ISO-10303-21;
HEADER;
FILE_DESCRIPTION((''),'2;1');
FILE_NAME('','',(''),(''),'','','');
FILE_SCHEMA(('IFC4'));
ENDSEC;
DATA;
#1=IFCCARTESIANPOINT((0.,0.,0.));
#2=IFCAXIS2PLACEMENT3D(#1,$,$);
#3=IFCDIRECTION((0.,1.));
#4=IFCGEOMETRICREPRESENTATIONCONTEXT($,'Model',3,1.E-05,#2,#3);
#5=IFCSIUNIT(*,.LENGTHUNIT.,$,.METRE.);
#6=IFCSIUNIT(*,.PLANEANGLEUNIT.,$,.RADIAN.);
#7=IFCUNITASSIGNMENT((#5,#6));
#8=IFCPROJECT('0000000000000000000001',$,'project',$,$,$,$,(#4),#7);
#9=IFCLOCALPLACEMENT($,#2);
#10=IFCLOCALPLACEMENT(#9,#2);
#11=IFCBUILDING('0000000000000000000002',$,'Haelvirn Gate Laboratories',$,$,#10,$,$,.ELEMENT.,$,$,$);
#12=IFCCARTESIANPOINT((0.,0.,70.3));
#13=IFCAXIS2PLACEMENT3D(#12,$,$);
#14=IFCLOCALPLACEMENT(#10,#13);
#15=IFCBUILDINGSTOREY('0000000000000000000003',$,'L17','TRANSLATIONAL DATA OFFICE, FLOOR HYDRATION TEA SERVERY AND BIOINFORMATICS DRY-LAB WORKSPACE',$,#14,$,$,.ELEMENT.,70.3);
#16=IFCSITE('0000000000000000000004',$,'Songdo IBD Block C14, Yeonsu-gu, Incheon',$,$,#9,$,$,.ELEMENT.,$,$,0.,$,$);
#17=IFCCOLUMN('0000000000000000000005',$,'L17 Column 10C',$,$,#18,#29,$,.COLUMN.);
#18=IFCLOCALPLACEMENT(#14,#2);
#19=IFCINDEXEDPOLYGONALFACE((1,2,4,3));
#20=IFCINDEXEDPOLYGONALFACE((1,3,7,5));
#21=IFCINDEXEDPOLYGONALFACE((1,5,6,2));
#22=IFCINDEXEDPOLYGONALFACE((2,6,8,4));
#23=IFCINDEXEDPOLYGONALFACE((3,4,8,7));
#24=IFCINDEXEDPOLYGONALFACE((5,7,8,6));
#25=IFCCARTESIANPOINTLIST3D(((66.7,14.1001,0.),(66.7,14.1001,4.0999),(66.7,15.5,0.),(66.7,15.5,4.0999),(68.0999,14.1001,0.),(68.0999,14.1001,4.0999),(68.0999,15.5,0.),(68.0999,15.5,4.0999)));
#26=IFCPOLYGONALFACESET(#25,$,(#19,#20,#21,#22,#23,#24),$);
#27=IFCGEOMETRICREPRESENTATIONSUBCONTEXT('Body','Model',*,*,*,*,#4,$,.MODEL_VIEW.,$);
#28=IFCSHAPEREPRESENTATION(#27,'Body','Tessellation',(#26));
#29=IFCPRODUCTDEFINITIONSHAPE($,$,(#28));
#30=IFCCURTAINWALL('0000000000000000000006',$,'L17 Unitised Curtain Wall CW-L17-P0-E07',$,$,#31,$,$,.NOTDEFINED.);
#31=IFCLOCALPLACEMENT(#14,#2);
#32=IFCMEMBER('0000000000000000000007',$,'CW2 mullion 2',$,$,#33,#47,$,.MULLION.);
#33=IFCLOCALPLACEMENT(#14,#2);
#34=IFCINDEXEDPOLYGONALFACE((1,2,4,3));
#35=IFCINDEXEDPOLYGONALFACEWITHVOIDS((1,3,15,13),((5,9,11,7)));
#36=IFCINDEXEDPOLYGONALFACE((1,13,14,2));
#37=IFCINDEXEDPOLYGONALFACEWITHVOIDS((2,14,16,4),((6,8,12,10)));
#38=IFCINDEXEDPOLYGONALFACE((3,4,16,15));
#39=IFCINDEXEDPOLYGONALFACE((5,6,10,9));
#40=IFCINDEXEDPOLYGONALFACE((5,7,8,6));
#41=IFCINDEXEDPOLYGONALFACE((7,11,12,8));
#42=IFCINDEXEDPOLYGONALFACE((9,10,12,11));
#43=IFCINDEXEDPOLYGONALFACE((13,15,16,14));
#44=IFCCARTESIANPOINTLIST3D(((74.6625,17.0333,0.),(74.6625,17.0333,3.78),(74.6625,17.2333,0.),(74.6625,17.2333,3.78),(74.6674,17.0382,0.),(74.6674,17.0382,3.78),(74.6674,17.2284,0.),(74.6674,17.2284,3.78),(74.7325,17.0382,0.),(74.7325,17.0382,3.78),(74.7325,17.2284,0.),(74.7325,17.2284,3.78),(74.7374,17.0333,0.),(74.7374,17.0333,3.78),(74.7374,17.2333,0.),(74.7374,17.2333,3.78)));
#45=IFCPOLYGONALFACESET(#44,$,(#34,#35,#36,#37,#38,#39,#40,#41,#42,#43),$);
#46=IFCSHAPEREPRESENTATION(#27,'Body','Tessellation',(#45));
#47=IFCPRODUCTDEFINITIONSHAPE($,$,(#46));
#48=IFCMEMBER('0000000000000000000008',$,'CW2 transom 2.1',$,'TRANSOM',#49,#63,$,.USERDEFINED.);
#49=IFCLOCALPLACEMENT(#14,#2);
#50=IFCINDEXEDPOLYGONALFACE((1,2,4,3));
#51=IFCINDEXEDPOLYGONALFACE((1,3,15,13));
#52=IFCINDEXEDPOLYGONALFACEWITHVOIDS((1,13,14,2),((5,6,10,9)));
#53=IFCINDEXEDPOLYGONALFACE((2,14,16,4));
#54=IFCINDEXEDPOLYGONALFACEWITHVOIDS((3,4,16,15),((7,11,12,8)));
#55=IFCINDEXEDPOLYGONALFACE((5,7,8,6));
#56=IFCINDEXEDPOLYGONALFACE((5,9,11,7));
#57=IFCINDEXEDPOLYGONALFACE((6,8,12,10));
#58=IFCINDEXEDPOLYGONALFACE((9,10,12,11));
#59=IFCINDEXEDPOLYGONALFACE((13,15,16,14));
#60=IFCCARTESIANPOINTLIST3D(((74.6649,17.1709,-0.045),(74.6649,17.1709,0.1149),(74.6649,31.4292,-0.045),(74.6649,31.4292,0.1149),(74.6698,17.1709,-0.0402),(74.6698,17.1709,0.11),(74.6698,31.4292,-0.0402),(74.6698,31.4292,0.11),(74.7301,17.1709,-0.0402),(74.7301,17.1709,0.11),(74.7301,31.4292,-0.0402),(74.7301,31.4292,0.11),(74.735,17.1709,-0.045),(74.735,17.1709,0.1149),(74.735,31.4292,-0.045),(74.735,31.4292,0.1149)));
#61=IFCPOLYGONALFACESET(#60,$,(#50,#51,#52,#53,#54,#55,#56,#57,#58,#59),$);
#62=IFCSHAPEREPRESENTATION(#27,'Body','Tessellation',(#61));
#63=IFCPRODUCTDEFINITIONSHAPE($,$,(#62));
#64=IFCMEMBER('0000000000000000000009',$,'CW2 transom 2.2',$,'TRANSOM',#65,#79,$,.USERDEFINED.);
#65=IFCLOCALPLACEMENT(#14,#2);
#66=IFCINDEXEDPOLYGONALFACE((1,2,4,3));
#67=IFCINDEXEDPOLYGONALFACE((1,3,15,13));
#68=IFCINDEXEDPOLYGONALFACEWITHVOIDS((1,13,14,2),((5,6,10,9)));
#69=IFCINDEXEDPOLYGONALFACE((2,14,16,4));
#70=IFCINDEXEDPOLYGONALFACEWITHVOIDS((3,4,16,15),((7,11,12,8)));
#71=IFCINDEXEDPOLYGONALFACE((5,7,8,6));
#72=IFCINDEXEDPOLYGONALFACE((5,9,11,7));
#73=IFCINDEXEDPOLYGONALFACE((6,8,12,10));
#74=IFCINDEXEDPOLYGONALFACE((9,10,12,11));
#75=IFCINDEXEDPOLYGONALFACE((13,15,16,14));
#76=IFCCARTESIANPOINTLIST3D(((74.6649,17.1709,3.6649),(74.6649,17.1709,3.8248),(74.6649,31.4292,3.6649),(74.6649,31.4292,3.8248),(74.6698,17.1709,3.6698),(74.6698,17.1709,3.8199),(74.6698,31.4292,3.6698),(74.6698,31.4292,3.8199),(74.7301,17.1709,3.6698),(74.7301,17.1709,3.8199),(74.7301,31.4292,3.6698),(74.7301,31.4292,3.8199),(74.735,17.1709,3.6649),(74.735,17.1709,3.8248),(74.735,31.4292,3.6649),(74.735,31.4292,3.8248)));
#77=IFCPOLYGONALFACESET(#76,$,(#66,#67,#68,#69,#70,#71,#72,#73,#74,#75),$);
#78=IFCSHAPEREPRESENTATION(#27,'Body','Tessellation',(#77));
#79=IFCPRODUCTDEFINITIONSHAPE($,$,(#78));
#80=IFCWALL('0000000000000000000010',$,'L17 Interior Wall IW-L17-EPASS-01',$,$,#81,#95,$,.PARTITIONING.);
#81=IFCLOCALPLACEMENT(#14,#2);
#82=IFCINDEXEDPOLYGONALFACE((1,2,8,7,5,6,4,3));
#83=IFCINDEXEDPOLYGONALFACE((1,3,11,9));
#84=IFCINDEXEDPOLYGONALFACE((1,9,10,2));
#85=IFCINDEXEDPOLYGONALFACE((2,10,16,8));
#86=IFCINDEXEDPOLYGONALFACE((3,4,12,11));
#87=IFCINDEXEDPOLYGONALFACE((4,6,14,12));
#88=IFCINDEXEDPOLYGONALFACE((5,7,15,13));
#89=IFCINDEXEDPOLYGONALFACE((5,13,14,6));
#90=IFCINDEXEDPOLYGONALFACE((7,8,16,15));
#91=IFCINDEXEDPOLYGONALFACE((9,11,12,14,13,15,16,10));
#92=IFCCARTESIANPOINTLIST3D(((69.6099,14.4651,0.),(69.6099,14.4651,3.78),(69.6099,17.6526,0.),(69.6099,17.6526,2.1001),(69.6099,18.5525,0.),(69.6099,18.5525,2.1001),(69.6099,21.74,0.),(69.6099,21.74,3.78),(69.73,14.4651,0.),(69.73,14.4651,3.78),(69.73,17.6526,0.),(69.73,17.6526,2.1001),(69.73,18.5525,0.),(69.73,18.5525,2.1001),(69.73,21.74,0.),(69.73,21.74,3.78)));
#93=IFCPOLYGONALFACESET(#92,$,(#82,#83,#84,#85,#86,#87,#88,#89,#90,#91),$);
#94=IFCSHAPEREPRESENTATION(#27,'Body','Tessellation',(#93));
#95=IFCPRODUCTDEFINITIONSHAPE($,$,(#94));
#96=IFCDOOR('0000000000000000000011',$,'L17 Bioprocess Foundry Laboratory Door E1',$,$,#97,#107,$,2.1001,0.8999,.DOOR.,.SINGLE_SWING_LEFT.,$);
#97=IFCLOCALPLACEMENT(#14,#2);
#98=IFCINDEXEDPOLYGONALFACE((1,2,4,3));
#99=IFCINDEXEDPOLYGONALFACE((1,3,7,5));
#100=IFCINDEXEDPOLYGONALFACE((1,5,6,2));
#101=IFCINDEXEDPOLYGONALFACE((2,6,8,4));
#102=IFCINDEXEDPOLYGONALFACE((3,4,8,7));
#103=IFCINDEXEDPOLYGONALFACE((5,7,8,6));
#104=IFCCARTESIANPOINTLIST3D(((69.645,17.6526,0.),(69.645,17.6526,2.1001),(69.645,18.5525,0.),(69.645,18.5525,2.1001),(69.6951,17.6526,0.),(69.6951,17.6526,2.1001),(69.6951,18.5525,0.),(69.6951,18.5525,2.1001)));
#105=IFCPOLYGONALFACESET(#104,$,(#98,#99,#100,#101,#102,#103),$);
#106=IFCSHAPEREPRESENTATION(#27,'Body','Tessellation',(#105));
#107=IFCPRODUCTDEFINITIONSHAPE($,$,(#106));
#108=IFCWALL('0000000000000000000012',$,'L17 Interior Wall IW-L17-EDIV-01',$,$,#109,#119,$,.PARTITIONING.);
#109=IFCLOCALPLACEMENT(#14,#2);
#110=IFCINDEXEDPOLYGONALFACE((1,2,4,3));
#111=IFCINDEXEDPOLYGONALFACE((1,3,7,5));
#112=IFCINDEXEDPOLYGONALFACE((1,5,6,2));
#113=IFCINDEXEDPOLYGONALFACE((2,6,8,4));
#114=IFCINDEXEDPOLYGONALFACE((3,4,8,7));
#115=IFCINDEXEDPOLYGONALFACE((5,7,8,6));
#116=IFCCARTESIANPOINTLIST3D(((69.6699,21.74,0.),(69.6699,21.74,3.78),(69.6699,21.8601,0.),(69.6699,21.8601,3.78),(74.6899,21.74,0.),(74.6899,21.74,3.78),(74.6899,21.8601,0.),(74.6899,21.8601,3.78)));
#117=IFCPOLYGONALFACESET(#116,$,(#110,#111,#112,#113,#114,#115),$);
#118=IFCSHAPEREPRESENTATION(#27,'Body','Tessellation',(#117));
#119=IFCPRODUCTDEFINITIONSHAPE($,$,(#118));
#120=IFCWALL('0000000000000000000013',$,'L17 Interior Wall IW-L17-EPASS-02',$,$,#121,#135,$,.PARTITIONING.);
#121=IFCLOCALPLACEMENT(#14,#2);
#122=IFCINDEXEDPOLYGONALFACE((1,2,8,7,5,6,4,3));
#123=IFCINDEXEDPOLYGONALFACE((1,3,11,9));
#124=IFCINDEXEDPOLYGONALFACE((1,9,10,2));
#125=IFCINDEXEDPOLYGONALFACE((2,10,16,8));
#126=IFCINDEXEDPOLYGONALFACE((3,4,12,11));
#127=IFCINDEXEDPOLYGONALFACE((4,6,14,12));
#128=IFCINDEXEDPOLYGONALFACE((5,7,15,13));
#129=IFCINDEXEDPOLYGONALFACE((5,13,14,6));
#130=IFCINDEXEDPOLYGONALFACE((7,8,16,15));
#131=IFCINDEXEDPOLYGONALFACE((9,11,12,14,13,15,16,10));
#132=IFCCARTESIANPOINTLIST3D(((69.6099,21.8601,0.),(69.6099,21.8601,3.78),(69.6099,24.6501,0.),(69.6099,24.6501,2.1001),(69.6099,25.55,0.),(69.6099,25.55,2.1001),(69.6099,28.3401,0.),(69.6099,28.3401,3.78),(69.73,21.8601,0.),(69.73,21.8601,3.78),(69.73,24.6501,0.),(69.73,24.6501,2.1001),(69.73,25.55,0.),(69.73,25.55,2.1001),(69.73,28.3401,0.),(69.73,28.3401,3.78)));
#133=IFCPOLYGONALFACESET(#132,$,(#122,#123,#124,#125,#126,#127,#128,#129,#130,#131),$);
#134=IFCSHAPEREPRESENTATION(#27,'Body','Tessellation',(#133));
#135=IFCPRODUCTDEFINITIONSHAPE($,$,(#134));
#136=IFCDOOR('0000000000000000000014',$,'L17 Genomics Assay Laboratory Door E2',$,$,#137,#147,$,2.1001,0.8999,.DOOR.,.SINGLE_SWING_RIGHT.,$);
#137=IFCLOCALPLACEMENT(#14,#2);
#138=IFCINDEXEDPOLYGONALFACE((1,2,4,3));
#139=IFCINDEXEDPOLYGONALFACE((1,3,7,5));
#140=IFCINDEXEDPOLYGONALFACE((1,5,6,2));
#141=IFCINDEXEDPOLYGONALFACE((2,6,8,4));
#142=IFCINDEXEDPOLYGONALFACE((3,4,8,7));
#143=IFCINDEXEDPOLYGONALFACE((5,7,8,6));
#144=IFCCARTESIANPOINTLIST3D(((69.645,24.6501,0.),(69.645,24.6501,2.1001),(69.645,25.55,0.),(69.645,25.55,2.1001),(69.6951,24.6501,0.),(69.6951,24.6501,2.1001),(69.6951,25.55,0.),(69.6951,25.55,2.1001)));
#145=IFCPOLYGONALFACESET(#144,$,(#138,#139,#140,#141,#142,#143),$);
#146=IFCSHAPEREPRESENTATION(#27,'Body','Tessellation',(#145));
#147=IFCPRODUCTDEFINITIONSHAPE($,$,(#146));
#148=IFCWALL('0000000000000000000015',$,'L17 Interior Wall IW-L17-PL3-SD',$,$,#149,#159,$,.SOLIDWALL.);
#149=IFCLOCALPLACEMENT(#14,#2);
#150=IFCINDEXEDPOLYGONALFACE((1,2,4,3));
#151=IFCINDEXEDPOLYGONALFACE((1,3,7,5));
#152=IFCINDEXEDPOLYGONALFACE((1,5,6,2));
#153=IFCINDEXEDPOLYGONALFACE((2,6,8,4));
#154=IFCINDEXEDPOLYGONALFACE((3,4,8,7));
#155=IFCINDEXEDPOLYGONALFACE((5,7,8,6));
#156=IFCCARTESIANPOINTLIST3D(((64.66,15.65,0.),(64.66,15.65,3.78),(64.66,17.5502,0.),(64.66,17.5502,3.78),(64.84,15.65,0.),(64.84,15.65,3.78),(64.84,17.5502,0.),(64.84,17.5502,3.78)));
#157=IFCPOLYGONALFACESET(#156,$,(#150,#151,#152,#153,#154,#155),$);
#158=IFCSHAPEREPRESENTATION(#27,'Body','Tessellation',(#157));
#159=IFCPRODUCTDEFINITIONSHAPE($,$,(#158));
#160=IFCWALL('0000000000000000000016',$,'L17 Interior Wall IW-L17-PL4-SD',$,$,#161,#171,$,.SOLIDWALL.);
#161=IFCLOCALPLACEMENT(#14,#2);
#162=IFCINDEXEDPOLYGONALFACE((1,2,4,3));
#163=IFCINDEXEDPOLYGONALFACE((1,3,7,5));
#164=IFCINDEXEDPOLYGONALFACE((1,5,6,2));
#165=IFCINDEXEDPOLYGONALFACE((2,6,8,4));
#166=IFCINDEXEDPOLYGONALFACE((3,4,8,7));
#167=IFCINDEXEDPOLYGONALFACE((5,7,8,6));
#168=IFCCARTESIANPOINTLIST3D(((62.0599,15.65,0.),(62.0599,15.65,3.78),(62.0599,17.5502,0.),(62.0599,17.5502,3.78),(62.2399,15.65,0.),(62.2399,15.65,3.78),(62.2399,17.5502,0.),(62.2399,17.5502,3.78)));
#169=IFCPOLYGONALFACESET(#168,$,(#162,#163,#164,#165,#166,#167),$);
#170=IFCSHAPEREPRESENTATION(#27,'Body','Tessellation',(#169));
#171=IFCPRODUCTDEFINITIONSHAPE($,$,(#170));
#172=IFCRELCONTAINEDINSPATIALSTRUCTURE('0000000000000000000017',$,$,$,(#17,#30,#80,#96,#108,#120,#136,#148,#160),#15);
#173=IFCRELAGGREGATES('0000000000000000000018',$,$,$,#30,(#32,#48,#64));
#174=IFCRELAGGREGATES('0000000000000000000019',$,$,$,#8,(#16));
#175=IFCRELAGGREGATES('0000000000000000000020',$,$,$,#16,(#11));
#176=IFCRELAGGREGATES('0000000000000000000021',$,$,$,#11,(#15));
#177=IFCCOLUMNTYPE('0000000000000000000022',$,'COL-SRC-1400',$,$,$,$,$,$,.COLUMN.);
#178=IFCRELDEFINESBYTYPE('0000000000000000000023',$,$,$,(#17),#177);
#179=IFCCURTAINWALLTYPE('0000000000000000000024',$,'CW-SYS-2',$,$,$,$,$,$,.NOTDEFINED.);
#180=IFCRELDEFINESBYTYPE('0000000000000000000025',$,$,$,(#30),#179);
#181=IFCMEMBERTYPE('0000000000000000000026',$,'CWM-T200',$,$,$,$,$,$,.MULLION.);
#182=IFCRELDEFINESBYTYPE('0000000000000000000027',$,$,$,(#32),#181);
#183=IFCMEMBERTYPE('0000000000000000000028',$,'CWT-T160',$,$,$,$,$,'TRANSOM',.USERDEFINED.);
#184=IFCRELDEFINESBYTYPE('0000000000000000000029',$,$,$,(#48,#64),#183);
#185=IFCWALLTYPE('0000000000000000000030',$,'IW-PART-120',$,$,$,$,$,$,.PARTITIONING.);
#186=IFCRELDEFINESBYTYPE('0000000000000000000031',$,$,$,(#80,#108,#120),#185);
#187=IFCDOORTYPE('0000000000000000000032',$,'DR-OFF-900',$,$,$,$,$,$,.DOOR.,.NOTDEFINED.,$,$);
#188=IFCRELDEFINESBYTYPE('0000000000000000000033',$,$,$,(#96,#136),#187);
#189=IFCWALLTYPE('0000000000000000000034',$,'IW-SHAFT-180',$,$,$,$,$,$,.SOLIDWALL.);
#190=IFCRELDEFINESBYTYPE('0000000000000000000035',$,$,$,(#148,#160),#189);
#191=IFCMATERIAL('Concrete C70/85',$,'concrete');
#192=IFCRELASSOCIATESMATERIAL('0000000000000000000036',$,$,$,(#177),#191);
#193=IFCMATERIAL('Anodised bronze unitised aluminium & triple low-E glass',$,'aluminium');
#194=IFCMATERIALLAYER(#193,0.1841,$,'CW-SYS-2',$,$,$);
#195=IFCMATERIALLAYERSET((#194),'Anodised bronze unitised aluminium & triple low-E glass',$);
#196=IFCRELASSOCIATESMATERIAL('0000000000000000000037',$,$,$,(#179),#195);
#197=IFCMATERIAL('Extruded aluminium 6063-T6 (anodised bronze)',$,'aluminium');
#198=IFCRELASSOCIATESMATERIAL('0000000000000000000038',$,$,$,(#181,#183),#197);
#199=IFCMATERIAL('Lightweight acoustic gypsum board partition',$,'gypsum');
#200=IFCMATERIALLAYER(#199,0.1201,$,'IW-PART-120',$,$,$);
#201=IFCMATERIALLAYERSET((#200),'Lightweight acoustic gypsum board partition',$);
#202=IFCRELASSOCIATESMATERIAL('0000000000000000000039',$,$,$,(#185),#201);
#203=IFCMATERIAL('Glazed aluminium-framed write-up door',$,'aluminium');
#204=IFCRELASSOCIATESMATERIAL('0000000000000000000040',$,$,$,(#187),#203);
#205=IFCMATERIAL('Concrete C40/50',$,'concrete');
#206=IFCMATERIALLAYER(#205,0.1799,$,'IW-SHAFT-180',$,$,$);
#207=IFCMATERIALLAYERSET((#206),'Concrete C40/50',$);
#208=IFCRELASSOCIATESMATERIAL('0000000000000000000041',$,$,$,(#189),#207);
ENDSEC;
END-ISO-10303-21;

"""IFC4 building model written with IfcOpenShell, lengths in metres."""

from ifc_helpers import new_model, si_unit, direction, frame, frame_2d, origin, origin_2d, place, context, subcontext, project, spatial, rectangle, hollow_rectangle, extrude, source, transform, mapped, material, layer, layer_set, material_profile, profile_set, type_object, type_shapes, element, fill, aggregate, save


model = new_model("IFC4")

# Units and contexts
model_context = context("Model", 3, precision=1e-05, world=origin(), true_north=direction((0.0, 1.0)))
body_context = subcontext(model_context, "Body", "Model", "MODEL_VIEW")
ifc_project = project(units=[si_unit("LENGTHUNIT", "METRE"), si_unit("PLANEANGLEUNIT", "RADIAN")], contexts=[model_context])

# Site, building, storey
site_placement = place(None, origin())
site = spatial("IfcSite", under=ifc_project, at=site_placement, Name="Songdo IBD Block C14, Yeonsu-gu, Incheon", CompositionType="ELEMENT", RefElevation=0.0)
building_placement = place(site_placement, origin())
building = spatial("IfcBuilding", under=site, at=building_placement, Name="Haelvirn Gate Laboratories", CompositionType="ELEMENT")
storey_placement = place(building_placement, frame((0.0, 0.0, 70.3)))
storey = spatial("IfcBuildingStorey", under=building, at=storey_placement, Name="L17", Description="TRANSLATIONAL DATA OFFICE, FLOOR HYDRATION TEA SERVERY AND BIOINFORMATICS DRY-LAB WORKSPACE", CompositionType="ELEMENT", Elevation=70.3)

# Column
ifc_material_1 = material(Name="Concrete C70/85", Category="concrete")
ifc_material_profile_1 = material_profile(ifc_material_1, rectangle(XDim=1.3999, YDim=1.3999, at=origin_2d()), Name="SRC-1400x1400")
ifc_profile_set_1 = profile_set([ifc_material_profile_1], Name="Concrete C70/85")
column_type = type_object("IfcColumnType", Name="COL-SRC-1400", PredefinedType="COLUMN", material=ifc_profile_set_1)
shared_shape_1 = source(origin(), body_context, "Body", "SweptSolid", [
    extrude(rectangle(XDim=1.3999, YDim=1.3999, at=origin_2d()), origin(), (0.0, 0.0, 1.0), 4.0999),
])
type_shapes(column_type, [shared_shape_1])
column_placement = place(storey_placement, frame((67.3999, 14.8, 0.0), z_axis=(0.0, 0.0, 1.0), x_axis=(1.0, 0.0, 0.0)))
element("IfcColumn", 1, at=column_placement, inside=storey, type_object=column_type, Name="L17 Column 10C", PredefinedType="COLUMN", context=body_context, shape_type="MappedRepresentation", body=[
    mapped(shared_shape_1, transform((0.0, 0.0, 0.0), scale=1.0)),
])

# Curtain wall, members
ifc_material_2 = material(Name="Anodised bronze unitised aluminium & triple low-E glass", Category="aluminium")
ifc_layer_1 = layer(ifc_material_2, 0.1841, Name="CW-SYS-2")
ifc_layer_set_1 = layer_set([ifc_layer_1], Name="Anodised bronze unitised aluminium & triple low-E glass")
curtain_wall_type = type_object("IfcCurtainWallType", Name="CW-SYS-2", PredefinedType="NOTDEFINED", material=ifc_layer_set_1)
curtain_wall_placement = place(storey_placement, origin())
curtain_wall = element("IfcCurtainWall", 2, at=curtain_wall_placement, inside=storey, type_object=curtain_wall_type, Name="L17 Unitised Curtain Wall CW-L17-P0-E07", PredefinedType="NOTDEFINED")
ifc_material_3 = material(Name="Extruded aluminium 6063-T6 (anodised bronze)", Category="aluminium")
ifc_material_profile_2 = material_profile(ifc_material_3, hollow_rectangle(XDim=0.075, YDim=0.2, WallThickness=0.0049, at=origin_2d()), Name="CWM-200x75x5")
ifc_profile_set_2 = profile_set([ifc_material_profile_2], Name="Extruded aluminium 6063-T6 (anodised bronze)")
member_type_1 = type_object("IfcMemberType", Name="CWM-T200", PredefinedType="MULLION", material=ifc_profile_set_2)
shared_shape_2 = source(origin(), body_context, "Body", "SweptSolid", [
    extrude(hollow_rectangle(XDim=0.075, YDim=0.2, WallThickness=0.0049, at=origin_2d()), origin(), (0.0, 0.0, 1.0), 3.78),
])
type_shapes(member_type_1, [shared_shape_2])
member_1_placement = place(storey_placement, frame((74.7, 17.1333, 0.0), z_axis=(0.0, 0.0, 1.0), x_axis=(-1.0, 0.0, 0.0)))
member_1 = element("IfcMember", 3, at=member_1_placement, type_object=member_type_1, Name="CW2 mullion 2", PredefinedType="MULLION", context=body_context, shape_type="MappedRepresentation", body=[
    mapped(shared_shape_2, transform((0.0, 0.0, 0.0), scale=1.0)),
])
ifc_material_profile_3 = material_profile(ifc_material_3, hollow_rectangle(XDim=0.0701, YDim=0.1599, WallThickness=0.0049, at=origin_2d()), Name="CWT-160x70x5")
ifc_profile_set_3 = profile_set([ifc_material_profile_3], Name="Extruded aluminium 6063-T6 (anodised bronze)")
member_type_2 = type_object("IfcMemberType", Name="CWT-T160", ElementType="TRANSOM", PredefinedType="USERDEFINED", material=ifc_profile_set_3)
shared_shape_3 = source(origin(), body_context, "Body", "SweptSolid", [
    extrude(hollow_rectangle(XDim=0.0701, YDim=0.1599, WallThickness=0.0049, at=origin_2d()), origin(), (0.0, 0.0, 1.0), 14.2583),
])
type_shapes(member_type_2, [shared_shape_3])
member_2_placement = place(storey_placement, frame((74.7, 17.1709, 0.0349), z_axis=(0.0, 1.0, 0.0), x_axis=(-1.0, 0.0, 0.0)))
member_2 = element("IfcMember", 4, at=member_2_placement, type_object=member_type_2, Name="CW2 transom 2.1", ObjectType="TRANSOM", PredefinedType="USERDEFINED", context=body_context, shape_type="MappedRepresentation", body=[
    mapped(shared_shape_3, transform((0.0, 0.0, 0.0), scale=1.0)),
])
member_3_placement = place(storey_placement, frame((74.7, 17.1709, 3.7449), z_axis=(0.0, 1.0, 0.0), x_axis=(-1.0, 0.0, 0.0)))
member_3 = element("IfcMember", 5, at=member_3_placement, type_object=member_type_2, Name="CW2 transom 2.2", ObjectType="TRANSOM", PredefinedType="USERDEFINED", context=body_context, shape_type="MappedRepresentation", body=[
    mapped(shared_shape_3, transform((0.0, 0.0, 0.0), scale=1.0)),
])
aggregate(curtain_wall, [member_1, member_2, member_3])

# Wall, opening, door
ifc_material_4 = material(Name="Lightweight acoustic gypsum board partition", Category="gypsum")
ifc_layer_2 = layer(ifc_material_4, 0.1201, Name="IW-PART-120")
ifc_layer_set_2 = layer_set([ifc_layer_2], Name="Lightweight acoustic gypsum board partition")
wall_type_1 = type_object("IfcWallType", Name="IW-PART-120", PredefinedType="PARTITIONING", material=ifc_layer_set_2)
wall_1_placement = place(storey_placement, frame((69.6699, 14.4651, 0.0), z_axis=(0.0, 0.0, 1.0), x_axis=(0.0, 1.0, 0.0)))
wall_1 = element("IfcWall", 6, at=wall_1_placement, inside=storey, type_object=wall_type_1, Name="L17 Interior Wall IW-L17-EPASS-01", PredefinedType="PARTITIONING", context=body_context, shape_type="SweptSolid", body=[
    extrude(rectangle(XDim=7.2749, YDim=0.1201, at=frame_2d((3.6375, 0.0))), origin(), (0.0, 0.0, 1.0), 3.78),
])
opening_1_placement = place(wall_1_placement, frame((3.1875, 0.0, 0.0)))
opening_1 = element("IfcOpeningElement", 7, at=opening_1_placement, cuts=wall_1, PredefinedType="OPENING", context=body_context, shape_type="SweptSolid", body=[
    extrude(rectangle(XDim=0.8999, YDim=2.1001, at=frame_2d((0.45, 1.05))), frame((0.0, 0.0701, 0.0), z_axis=(0.0, -1.0, 0.0), x_axis=(1.0, 0.0, 0.0)), (0.0, 0.0, 1.0), 0.1401),
])
ifc_material_5 = material(Name="Glazed aluminium-framed write-up door", Category="aluminium")
door_type_1 = type_object("IfcDoorType", Name="DR-OFF-900", OperationType="NOTDEFINED", PredefinedType="DOOR", material=ifc_material_5)
shared_shape_4 = source(origin(), body_context, "Body", "SweptSolid", [
    extrude(rectangle(XDim=0.8999, YDim=2.1001, at=frame_2d((0.45, 1.05))), frame((0.0, 0.0249, 0.0), z_axis=(0.0, -1.0, 0.0), x_axis=(1.0, 0.0, 0.0)), (0.0, 0.0, 1.0), 0.05),
])
type_shapes(door_type_1, [shared_shape_4])
door_1_placement = place(opening_1_placement, origin())
door_1 = element("IfcDoor", 8, at=door_1_placement, inside=storey, type_object=door_type_1, Name="L17 Bioprocess Foundry Laboratory Door E1", OperationType="SINGLE_SWING_LEFT", OverallHeight=2.1001, OverallWidth=0.8999, PredefinedType="DOOR", context=body_context, shape_type="MappedRepresentation", body=[
    mapped(shared_shape_4, transform((0.0, 0.0, 0.0), scale=1.0)),
])
fill(opening_1, door_1)

# Wall
wall_2_placement = place(storey_placement, frame((69.6699, 21.8, 0.0), z_axis=(0.0, 0.0, 1.0), x_axis=(1.0, 0.0, 0.0)))
element("IfcWall", 9, at=wall_2_placement, inside=storey, type_object=wall_type_1, Name="L17 Interior Wall IW-L17-EDIV-01", PredefinedType="PARTITIONING", context=body_context, shape_type="SweptSolid", body=[
    extrude(rectangle(XDim=5.02, YDim=0.1201, at=frame_2d((2.51, 0.0))), origin(), (0.0, 0.0, 1.0), 3.78),
])

# Wall, opening, door
wall_3_placement = place(storey_placement, frame((69.6699, 21.8601, 0.0), z_axis=(0.0, 0.0, 1.0), x_axis=(0.0, 1.0, 0.0)))
wall_3 = element("IfcWall", 10, at=wall_3_placement, inside=storey, type_object=wall_type_1, Name="L17 Interior Wall IW-L17-EPASS-02", PredefinedType="PARTITIONING", context=body_context, shape_type="SweptSolid", body=[
    extrude(rectangle(XDim=6.48, YDim=0.1201, at=frame_2d((3.24, 0.0))), origin(), (0.0, 0.0, 1.0), 3.78),
])
opening_2_placement = place(wall_3_placement, frame((2.79, 0.0, 0.0)))
opening_2 = element("IfcOpeningElement", 11, at=opening_2_placement, cuts=wall_3, PredefinedType="OPENING", context=body_context, shape_type="SweptSolid", body=[
    extrude(rectangle(XDim=0.8999, YDim=2.1001, at=frame_2d((0.45, 1.05))), frame((0.0, 0.0701, 0.0), z_axis=(0.0, -1.0, 0.0), x_axis=(1.0, 0.0, 0.0)), (0.0, 0.0, 1.0), 0.1401),
])
door_2_placement = place(opening_2_placement, origin())
door_2 = element("IfcDoor", 12, at=door_2_placement, inside=storey, type_object=door_type_1, Name="L17 Genomics Assay Laboratory Door E2", OperationType="SINGLE_SWING_RIGHT", OverallHeight=2.1001, OverallWidth=0.8999, PredefinedType="DOOR", context=body_context, shape_type="MappedRepresentation", body=[
    mapped(shared_shape_4, transform((0.0, 0.0, 0.0), scale=1.0)),
])
fill(opening_2, door_2)

# Walls
ifc_material_6 = material(Name="Concrete C40/50", Category="concrete")
ifc_layer_3 = layer(ifc_material_6, 0.1799, Name="IW-SHAFT-180")
ifc_layer_set_3 = layer_set([ifc_layer_3], Name="Concrete C40/50")
wall_type_2 = type_object("IfcWallType", Name="IW-SHAFT-180", PredefinedType="SOLIDWALL", material=ifc_layer_set_3)
for number, where, z_axis, x_axis, name in (
    (13, (64.75, 15.6499, 0.0), (0.0, 0.0, 1.0), (0.0, 1.0, 0.0), "L17 Interior Wall IW-L17-PL3-SD"),
    (14, (62.1499, 15.6499, 0.0), (0.0, 0.0, 1.0), (0.0, 1.0, 0.0), "L17 Interior Wall IW-L17-PL4-SD"),
):
    element("IfcWall", number, at=place(storey_placement, frame(where, z_axis=z_axis, x_axis=x_axis)), inside=storey, type_object=wall_type_2, Name=name, PredefinedType="SOLIDWALL", context=body_context, shape_type="SweptSolid", body=[
        extrude(rectangle(XDim=1.9001, YDim=0.1799, at=frame_2d((0.9502, 0.0))), origin(), (0.0, 0.0, 1.0), 3.78),
    ])

save(model, "model.ifc")
